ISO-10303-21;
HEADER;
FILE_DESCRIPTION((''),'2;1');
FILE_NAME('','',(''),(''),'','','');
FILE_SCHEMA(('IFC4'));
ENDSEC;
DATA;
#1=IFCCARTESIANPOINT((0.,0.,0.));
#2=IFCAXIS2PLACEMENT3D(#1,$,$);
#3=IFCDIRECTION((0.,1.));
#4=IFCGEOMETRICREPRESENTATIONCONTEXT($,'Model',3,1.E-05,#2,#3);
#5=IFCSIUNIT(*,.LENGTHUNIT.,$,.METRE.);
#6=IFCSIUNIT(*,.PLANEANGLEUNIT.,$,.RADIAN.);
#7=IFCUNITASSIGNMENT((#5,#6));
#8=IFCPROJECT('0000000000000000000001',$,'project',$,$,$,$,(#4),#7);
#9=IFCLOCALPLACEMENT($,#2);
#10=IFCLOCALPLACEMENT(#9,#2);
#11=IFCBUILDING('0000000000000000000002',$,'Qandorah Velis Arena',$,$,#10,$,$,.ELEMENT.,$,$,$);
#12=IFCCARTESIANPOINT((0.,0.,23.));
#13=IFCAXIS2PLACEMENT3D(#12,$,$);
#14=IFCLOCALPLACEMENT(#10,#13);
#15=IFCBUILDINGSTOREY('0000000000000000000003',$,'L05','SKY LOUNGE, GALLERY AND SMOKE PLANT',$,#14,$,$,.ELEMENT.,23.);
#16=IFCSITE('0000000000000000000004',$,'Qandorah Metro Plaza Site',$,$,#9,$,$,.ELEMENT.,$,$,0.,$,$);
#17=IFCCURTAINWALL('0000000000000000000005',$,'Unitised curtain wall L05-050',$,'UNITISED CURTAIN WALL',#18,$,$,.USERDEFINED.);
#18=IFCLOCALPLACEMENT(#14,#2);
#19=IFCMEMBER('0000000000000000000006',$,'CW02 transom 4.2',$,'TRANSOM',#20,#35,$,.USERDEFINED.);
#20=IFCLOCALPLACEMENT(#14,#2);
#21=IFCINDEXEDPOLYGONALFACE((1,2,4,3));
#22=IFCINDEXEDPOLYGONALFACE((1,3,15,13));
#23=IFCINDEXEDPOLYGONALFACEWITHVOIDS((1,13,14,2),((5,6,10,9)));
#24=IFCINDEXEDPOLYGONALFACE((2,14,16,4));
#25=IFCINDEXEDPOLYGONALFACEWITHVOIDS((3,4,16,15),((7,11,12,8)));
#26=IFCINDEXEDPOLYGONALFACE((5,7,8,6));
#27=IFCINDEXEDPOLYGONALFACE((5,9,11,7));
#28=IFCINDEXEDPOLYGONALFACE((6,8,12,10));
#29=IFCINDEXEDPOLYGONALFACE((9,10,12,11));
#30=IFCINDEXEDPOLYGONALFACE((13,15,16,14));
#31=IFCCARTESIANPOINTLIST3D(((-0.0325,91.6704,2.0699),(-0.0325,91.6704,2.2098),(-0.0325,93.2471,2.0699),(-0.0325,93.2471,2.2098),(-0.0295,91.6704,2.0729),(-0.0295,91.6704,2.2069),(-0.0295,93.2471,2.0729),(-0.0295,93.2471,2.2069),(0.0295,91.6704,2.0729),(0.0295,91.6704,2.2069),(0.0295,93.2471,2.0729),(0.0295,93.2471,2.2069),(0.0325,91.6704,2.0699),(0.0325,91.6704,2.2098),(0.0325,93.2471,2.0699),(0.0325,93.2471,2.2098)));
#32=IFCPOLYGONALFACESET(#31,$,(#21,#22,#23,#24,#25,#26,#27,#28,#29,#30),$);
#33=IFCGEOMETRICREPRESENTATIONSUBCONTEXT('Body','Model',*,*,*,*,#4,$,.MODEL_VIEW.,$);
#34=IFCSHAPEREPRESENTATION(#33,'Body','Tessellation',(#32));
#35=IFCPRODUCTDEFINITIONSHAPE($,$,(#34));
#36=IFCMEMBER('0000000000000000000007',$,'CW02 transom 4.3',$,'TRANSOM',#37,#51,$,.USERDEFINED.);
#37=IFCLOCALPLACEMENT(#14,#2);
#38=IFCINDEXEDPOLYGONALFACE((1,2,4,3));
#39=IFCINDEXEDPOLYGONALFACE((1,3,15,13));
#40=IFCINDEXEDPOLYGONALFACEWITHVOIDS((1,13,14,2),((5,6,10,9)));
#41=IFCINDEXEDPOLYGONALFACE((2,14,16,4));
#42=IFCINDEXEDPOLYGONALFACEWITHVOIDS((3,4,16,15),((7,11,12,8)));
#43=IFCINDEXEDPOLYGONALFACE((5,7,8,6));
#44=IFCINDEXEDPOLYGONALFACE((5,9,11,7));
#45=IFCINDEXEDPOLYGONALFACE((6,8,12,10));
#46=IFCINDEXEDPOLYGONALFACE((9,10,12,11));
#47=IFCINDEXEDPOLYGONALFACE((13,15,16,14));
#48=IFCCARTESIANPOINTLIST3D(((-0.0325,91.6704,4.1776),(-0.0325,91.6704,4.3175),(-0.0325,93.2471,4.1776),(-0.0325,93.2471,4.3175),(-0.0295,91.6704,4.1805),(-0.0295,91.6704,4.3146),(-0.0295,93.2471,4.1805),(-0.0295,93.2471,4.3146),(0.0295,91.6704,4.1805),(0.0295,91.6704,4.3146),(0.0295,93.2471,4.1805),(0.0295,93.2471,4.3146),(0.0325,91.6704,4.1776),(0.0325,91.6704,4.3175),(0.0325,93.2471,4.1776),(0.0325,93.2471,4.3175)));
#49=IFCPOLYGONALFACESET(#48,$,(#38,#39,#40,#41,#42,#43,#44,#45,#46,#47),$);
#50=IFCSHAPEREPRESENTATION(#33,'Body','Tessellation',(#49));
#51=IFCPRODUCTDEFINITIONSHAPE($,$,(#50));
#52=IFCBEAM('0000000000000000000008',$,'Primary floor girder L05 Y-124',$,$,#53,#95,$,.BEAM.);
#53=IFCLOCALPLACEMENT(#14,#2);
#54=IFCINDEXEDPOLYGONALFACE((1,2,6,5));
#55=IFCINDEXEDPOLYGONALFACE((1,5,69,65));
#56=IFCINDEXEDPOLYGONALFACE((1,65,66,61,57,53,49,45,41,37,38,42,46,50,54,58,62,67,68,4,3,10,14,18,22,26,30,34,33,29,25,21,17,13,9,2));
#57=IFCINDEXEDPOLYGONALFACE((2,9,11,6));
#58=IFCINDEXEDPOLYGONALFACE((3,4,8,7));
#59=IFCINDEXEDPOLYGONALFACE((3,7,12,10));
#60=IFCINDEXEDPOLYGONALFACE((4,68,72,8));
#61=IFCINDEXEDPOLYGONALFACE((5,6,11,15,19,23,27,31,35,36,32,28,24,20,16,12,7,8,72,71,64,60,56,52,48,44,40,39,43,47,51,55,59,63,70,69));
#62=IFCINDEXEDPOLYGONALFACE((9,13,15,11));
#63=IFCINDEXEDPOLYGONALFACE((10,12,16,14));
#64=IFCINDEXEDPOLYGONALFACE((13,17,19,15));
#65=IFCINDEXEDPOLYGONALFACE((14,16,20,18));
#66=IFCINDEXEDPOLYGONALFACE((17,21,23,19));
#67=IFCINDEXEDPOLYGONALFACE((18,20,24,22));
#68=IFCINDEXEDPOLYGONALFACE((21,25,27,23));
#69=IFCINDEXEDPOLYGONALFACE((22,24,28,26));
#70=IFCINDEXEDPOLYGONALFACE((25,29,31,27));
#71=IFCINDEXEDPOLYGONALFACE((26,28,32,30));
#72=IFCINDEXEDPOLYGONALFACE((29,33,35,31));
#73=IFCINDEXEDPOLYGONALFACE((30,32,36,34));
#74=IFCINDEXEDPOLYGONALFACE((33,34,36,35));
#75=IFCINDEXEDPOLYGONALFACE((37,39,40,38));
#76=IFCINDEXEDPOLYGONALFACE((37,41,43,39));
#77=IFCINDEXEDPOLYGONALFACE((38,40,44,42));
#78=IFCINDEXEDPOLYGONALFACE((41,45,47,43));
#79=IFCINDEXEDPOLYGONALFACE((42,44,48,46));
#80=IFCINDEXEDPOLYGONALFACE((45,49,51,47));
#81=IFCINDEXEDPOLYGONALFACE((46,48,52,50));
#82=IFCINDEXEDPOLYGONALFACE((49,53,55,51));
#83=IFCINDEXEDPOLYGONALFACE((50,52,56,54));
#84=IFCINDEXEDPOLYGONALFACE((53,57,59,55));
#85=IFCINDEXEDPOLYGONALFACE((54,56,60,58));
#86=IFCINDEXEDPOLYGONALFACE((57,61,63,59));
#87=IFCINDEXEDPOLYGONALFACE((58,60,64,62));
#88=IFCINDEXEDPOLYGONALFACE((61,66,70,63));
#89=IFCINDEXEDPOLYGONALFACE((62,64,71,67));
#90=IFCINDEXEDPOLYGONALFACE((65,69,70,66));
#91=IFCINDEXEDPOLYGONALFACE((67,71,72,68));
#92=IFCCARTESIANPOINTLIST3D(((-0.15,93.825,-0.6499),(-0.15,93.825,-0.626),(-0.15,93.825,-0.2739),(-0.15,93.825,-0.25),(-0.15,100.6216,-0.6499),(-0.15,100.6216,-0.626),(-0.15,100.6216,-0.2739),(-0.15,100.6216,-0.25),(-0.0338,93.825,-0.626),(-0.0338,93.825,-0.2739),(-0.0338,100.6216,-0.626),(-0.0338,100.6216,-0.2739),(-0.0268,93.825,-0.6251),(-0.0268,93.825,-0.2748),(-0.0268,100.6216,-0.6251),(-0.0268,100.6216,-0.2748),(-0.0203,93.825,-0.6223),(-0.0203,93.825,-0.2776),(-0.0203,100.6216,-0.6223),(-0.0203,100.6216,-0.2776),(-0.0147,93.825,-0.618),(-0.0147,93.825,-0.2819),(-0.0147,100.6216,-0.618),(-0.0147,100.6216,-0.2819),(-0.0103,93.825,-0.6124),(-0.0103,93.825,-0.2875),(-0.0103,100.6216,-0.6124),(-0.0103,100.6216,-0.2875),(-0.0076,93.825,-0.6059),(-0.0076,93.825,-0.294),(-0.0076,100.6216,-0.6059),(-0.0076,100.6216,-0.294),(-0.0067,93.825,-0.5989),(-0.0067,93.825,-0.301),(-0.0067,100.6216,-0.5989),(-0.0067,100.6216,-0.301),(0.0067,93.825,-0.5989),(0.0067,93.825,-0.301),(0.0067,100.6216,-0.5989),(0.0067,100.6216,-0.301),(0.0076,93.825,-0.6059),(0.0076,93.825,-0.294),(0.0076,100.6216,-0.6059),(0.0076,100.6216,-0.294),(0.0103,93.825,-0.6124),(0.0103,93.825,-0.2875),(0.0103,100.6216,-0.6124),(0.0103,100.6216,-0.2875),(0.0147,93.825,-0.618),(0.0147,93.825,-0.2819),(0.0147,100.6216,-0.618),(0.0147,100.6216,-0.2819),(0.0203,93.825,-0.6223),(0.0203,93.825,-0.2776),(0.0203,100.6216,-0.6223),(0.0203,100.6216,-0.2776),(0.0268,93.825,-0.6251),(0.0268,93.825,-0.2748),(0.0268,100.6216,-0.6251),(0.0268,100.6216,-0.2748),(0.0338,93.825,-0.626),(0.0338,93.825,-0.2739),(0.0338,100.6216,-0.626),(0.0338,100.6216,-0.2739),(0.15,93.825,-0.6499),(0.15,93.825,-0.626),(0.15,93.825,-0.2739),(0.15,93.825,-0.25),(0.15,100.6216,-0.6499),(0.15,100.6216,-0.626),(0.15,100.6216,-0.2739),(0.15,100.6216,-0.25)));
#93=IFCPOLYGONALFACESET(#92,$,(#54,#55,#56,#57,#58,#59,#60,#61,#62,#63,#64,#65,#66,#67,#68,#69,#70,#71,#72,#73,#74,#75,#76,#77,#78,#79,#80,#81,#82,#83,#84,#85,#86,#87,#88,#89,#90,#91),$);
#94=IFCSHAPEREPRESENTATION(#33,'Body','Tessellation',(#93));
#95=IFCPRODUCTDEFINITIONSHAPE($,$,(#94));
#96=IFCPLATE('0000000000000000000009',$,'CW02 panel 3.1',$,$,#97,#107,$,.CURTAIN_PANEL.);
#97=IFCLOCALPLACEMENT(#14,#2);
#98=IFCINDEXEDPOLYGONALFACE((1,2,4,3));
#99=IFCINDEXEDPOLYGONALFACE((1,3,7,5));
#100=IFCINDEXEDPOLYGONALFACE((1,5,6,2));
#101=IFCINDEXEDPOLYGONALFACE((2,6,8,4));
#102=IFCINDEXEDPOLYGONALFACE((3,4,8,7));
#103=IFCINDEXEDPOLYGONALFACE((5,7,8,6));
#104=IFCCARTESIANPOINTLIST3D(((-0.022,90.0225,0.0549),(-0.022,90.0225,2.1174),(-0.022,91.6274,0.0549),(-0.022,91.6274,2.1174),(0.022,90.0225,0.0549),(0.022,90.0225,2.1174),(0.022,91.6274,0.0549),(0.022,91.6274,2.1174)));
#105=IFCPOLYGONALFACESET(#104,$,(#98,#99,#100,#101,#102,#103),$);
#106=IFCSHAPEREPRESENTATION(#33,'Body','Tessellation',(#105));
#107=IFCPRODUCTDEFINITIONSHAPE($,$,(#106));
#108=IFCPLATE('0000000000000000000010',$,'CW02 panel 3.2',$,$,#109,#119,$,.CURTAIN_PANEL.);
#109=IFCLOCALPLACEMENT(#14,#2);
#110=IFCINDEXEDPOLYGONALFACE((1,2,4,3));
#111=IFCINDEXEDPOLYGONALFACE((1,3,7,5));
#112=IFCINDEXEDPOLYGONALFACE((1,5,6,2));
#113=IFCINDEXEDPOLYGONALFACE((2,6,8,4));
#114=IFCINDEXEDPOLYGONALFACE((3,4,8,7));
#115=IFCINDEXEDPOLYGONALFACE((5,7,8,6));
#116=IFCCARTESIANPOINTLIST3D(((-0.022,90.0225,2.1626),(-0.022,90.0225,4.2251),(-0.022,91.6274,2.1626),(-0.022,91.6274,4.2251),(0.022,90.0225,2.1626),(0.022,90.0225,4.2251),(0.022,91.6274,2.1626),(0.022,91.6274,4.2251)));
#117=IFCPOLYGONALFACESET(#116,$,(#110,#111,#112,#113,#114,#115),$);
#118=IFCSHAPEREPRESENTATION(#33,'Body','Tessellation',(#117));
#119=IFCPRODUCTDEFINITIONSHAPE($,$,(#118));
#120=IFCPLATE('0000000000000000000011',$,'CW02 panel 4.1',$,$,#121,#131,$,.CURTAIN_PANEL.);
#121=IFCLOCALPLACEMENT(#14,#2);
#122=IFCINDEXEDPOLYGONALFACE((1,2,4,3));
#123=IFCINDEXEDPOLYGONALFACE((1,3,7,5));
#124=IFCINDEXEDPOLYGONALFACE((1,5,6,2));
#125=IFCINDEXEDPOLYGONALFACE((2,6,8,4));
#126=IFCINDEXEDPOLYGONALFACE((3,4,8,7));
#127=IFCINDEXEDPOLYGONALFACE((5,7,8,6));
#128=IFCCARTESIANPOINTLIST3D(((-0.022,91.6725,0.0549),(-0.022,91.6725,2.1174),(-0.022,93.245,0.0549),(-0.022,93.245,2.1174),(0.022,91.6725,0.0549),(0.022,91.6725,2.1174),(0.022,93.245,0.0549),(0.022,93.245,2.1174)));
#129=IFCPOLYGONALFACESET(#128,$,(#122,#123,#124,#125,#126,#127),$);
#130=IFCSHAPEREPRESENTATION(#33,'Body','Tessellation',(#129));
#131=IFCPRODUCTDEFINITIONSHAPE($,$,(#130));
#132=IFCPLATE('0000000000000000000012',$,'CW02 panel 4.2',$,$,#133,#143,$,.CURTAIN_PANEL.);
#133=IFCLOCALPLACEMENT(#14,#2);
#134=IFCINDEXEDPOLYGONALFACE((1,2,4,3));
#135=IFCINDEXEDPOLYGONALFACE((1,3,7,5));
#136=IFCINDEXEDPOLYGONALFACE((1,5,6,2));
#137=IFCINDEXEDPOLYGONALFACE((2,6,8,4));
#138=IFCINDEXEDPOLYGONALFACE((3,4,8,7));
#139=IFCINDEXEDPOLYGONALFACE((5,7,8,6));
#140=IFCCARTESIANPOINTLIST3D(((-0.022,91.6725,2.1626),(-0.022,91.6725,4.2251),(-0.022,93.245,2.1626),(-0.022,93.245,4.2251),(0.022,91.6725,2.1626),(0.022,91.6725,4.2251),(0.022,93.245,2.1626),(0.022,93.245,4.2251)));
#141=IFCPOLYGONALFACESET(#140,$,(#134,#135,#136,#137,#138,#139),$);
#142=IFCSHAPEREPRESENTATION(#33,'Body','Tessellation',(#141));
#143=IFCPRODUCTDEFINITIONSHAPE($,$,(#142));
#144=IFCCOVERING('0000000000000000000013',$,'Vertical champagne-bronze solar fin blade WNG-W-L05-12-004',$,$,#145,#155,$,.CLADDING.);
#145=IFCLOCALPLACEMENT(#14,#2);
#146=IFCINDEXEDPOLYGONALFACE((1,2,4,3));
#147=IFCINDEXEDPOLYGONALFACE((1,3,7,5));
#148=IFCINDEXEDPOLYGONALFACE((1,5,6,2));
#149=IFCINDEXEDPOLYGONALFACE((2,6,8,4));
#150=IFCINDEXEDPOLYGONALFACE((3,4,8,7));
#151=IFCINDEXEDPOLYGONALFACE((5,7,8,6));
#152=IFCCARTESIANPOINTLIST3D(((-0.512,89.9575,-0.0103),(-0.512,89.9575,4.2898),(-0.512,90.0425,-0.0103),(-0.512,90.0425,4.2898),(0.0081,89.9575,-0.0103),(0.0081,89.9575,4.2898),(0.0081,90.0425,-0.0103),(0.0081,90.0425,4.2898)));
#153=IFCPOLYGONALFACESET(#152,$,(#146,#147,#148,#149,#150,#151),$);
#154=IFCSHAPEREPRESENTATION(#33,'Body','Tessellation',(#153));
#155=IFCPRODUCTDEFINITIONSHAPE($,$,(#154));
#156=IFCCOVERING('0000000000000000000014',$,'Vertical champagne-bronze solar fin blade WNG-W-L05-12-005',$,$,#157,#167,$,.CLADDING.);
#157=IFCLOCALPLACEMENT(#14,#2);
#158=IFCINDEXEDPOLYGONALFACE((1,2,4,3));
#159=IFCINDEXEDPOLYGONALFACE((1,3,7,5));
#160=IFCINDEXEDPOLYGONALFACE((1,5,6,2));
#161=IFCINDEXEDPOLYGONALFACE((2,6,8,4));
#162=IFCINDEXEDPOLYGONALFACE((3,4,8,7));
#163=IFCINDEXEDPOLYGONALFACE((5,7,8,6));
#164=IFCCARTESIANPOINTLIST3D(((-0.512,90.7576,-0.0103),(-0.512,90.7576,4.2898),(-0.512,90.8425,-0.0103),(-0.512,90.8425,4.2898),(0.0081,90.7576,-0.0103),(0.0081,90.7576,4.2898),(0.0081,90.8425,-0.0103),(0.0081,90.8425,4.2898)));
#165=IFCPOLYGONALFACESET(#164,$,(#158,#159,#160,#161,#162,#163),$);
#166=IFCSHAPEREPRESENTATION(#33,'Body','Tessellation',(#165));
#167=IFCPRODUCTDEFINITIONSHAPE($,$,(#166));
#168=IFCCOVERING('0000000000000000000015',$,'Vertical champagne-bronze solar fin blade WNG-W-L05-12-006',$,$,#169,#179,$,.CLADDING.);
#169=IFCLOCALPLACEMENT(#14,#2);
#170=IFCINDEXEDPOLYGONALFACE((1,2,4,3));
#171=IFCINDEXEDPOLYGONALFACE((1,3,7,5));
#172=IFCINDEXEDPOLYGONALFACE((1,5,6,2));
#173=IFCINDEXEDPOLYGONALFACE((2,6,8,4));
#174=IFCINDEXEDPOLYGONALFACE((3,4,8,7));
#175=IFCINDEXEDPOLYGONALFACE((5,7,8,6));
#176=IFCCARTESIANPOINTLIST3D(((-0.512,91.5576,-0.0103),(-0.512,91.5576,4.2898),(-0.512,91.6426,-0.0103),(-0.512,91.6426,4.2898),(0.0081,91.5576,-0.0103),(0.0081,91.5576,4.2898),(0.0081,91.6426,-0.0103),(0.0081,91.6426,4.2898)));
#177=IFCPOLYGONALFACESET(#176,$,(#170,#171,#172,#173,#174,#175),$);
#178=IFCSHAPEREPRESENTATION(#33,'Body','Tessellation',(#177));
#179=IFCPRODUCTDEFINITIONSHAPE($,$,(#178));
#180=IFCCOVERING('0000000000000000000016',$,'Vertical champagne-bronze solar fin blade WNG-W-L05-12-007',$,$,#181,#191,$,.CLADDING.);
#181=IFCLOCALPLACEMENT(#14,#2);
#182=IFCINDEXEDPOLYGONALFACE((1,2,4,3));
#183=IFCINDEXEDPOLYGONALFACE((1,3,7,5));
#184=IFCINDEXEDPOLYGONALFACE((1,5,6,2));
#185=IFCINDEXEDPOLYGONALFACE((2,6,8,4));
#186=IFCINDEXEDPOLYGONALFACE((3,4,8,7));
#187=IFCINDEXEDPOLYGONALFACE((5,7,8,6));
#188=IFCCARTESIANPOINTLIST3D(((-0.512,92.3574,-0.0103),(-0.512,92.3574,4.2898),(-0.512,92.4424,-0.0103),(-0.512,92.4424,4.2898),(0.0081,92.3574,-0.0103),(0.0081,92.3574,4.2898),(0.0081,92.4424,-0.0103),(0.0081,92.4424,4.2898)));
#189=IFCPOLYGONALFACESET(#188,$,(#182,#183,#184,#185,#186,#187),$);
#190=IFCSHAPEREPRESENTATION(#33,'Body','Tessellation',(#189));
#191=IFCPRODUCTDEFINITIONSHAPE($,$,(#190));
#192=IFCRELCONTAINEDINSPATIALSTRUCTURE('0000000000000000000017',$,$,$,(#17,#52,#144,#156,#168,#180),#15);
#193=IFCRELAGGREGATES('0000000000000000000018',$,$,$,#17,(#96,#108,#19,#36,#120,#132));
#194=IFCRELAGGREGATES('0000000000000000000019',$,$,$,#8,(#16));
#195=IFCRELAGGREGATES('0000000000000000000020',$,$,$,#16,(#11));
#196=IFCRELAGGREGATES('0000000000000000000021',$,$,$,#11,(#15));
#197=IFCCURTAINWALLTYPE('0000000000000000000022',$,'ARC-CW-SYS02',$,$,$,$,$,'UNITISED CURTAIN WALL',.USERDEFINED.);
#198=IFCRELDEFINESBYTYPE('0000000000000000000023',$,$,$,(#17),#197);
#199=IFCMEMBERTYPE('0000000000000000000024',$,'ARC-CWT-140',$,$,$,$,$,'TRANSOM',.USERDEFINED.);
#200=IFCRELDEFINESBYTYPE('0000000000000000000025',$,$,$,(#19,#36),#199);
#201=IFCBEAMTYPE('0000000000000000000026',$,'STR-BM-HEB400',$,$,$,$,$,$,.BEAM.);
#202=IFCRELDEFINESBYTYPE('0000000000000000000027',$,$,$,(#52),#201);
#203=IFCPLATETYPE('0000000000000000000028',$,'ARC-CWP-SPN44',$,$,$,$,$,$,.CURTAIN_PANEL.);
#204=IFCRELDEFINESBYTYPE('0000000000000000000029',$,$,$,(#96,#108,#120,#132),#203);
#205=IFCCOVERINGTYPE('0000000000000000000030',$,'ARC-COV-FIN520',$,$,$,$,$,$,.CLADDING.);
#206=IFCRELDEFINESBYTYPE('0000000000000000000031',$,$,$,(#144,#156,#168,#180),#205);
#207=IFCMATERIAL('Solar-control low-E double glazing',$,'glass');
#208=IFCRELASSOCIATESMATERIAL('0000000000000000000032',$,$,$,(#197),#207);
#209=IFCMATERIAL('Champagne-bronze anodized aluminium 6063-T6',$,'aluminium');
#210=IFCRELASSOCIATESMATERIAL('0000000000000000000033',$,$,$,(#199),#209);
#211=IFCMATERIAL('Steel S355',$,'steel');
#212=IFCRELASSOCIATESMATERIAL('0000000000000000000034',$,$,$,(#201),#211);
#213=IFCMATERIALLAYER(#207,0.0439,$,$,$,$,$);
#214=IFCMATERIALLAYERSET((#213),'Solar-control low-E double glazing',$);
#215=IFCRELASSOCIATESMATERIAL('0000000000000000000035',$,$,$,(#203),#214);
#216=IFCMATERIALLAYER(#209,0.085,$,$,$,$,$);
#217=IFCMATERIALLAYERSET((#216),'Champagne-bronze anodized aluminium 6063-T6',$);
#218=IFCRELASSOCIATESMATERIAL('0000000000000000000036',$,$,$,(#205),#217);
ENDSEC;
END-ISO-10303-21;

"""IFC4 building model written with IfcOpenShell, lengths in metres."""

from ifc_helpers import new_model, si_unit, direction, frame, origin, origin_2d, place, context, subcontext, project, spatial, rectangle, hollow_rectangle, i_section, extrude, material, layer, layer_set, material_profile, profile_set, type_object, element, aggregate, save


model = new_model("IFC4")

# Units and contexts
model_context = context("Model", 3, precision=1e-05, world=origin(), true_north=direction((0.0, 1.0)))
body_context = subcontext(model_context, "Body", "Model", "MODEL_VIEW")
ifc_project = project(units=[si_unit("LENGTHUNIT", "METRE"), si_unit("PLANEANGLEUNIT", "RADIAN")], contexts=[model_context])

# Site, building, storey
site_placement = place(None, origin())
site = spatial("IfcSite", under=ifc_project, at=site_placement, Name="Qandorah Metro Plaza Site", CompositionType="ELEMENT", RefElevation=0.0)
building_placement = place(site_placement, origin())
building = spatial("IfcBuilding", under=site, at=building_placement, Name="Qandorah Velis Arena", CompositionType="ELEMENT")
storey_placement = place(building_placement, frame((0.0, 0.0, 23.0)))
storey = spatial("IfcBuildingStorey", under=building, at=storey_placement, Name="L05", Description="SKY LOUNGE, GALLERY AND SMOKE PLANT", CompositionType="ELEMENT", Elevation=23.0)

# Shared definitions
ifc_material_1 = material(Name="Solar-control low-E double glazing", Category="glass")
ifc_material_2 = material(Name="Champagne-bronze anodized aluminium 6063-T6", Category="aluminium")

# Curtain wall
curtain_wall_type_1 = type_object("IfcCurtainWallType", Name="ARC-CW-SYS02", ElementType="UNITISED CURTAIN WALL", PredefinedType="USERDEFINED", material=ifc_material_1)
curtain_wall_1_placement = place(storey_placement, origin())
curtain_wall_1 = element("IfcCurtainWall", 1, at=curtain_wall_1_placement, inside=storey, type_object=curtain_wall_type_1, Name="Unitised curtain wall L05-050", ObjectType="UNITISED CURTAIN WALL", PredefinedType="USERDEFINED")

# Members
ifc_material_profile_1 = material_profile(ifc_material_2, hollow_rectangle(XDim=0.0649, YDim=0.1399, WallThickness=0.0029, at=origin_2d()), Name="ALU TRANSOM 65x140")
ifc_profile_set_1 = profile_set([ifc_material_profile_1], Name="Champagne-bronze anodized aluminium 6063-T6")
member_type_1 = type_object("IfcMemberType", Name="ARC-CWT-140", ElementType="TRANSOM", PredefinedType="USERDEFINED", material=ifc_profile_set_1)
member_1_placement = place(storey_placement, frame((0.0, 91.6704, 2.1399), z_axis=(0.0, 1.0, 0.0), x_axis=(-1.0, 0.0, 0.0)))
member_1 = element("IfcMember", 2, at=member_1_placement, type_object=member_type_1, Name="CW02 transom 4.2", ObjectType="TRANSOM", PredefinedType="USERDEFINED", context=body_context, shape_type="SweptSolid", body=[
    extrude(hollow_rectangle(XDim=0.0649, YDim=0.1399, WallThickness=0.0029, at=origin_2d()), origin(), (0.0, 0.0, 1.0), 1.5767),
])
member_2_placement = place(storey_placement, frame((0.0, 91.6704, 4.2476), z_axis=(0.0, 1.0, 0.0), x_axis=(-1.0, 0.0, 0.0)))
member_2 = element("IfcMember", 3, at=member_2_placement, type_object=member_type_1, Name="CW02 transom 4.3", ObjectType="TRANSOM", PredefinedType="USERDEFINED", context=body_context, shape_type="SweptSolid", body=[
    extrude(hollow_rectangle(XDim=0.0649, YDim=0.1399, WallThickness=0.0029, at=origin_2d()), origin(), (0.0, 0.0, 1.0), 1.5767),
])

# Beam
ifc_material_3 = material(Name="Steel S355", Category="steel")
ifc_material_profile_2 = material_profile(ifc_material_3, i_section(OverallWidth=0.3, OverallDepth=0.3999, WebThickness=0.0134, FlangeThickness=0.0239, FilletRadius=0.0271, at=origin_2d()), Name="HEB 400")
ifc_profile_set_2 = profile_set([ifc_material_profile_2], Name="Steel S355")
beam_type = type_object("IfcBeamType", Name="STR-BM-HEB400", PredefinedType="BEAM", material=ifc_profile_set_2)
beam_placement = place(storey_placement, frame((0.0, 93.825, -0.45), z_axis=(0.0, 1.0, 0.0), x_axis=(-1.0, 0.0, 0.0)))
element("IfcBeam", 4, at=beam_placement, inside=storey, type_object=beam_type, Name="Primary floor girder L05 Y-124", PredefinedType="BEAM", context=body_context, shape_type="SweptSolid", body=[
    extrude(i_section(OverallWidth=0.3, OverallDepth=0.3999, WebThickness=0.0134, FlangeThickness=0.0239, FilletRadius=0.0271, at=origin_2d()), origin(), (0.0, 0.0, 1.0), 6.7966),
])

# Plates
ifc_layer_1 = layer(ifc_material_1, 0.0439)
ifc_layer_set_1 = layer_set([ifc_layer_1], Name="Solar-control low-E double glazing")
plate_type = type_object("IfcPlateType", Name="ARC-CWP-SPN44", PredefinedType="CURTAIN_PANEL", material=ifc_layer_set_1)
plate_1_placement = place(storey_placement, frame((0.0, 90.825, 0.0549), z_axis=(0.0, 0.0, 1.0), x_axis=(0.0, 1.0, 0.0)))
plate_1 = element("IfcPlate", 5, at=plate_1_placement, type_object=plate_type, Name="CW02 panel 3.1", PredefinedType="CURTAIN_PANEL", context=body_context, shape_type="SweptSolid", body=[
    extrude(rectangle(XDim=1.605, YDim=0.0439, at=origin_2d()), origin(), (0.0, 0.0, 1.0), 2.0625),
])
plate_2_placement = place(storey_placement, frame((0.0, 90.825, 2.1626), z_axis=(0.0, 0.0, 1.0), x_axis=(0.0, 1.0, 0.0)))
plate_2 = element("IfcPlate", 6, at=plate_2_placement, type_object=plate_type, Name="CW02 panel 3.2", PredefinedType="CURTAIN_PANEL", context=body_context, shape_type="SweptSolid", body=[
    extrude(rectangle(XDim=1.605, YDim=0.0439, at=origin_2d()), origin(), (0.0, 0.0, 1.0), 2.0625),
])
plate_3_placement = place(storey_placement, frame((0.0, 92.4587, 0.0549), z_axis=(0.0, 0.0, 1.0), x_axis=(0.0, 1.0, 0.0)))
plate_3 = element("IfcPlate", 7, at=plate_3_placement, type_object=plate_type, Name="CW02 panel 4.1", PredefinedType="CURTAIN_PANEL", context=body_context, shape_type="SweptSolid", body=[
    extrude(rectangle(XDim=1.5725, YDim=0.0439, at=origin_2d()), origin(), (0.0, 0.0, 1.0), 2.0625),
])
plate_4_placement = place(storey_placement, frame((0.0, 92.4587, 2.1626), z_axis=(0.0, 0.0, 1.0), x_axis=(0.0, 1.0, 0.0)))
plate_4 = element("IfcPlate", 8, at=plate_4_placement, type_object=plate_type, Name="CW02 panel 4.2", PredefinedType="CURTAIN_PANEL", context=body_context, shape_type="SweptSolid", body=[
    extrude(rectangle(XDim=1.5725, YDim=0.0439, at=origin_2d()), origin(), (0.0, 0.0, 1.0), 2.0625),
])
aggregate(curtain_wall_1, [plate_1, plate_2, member_1, member_2, plate_3, plate_4])

# Coverings
ifc_layer_2 = layer(ifc_material_2, 0.085)
ifc_layer_set_2 = layer_set([ifc_layer_2], Name="Champagne-bronze anodized aluminium 6063-T6")
covering_type = type_object("IfcCoveringType", Name="ARC-COV-FIN520", PredefinedType="CLADDING", material=ifc_layer_set_2)
for number, where, z_axis, x_axis, name in (
    (9, (-0.252, 90.0, -0.0103), (0.0, 0.0, 1.0), (1.0, 0.0, 0.0), "Vertical champagne-bronze solar fin blade WNG-W-L05-12-004"),
    (10, (-0.252, 90.8, -0.0103), (0.0, 0.0, 1.0), (1.0, 0.0, 0.0), "Vertical champagne-bronze solar fin blade WNG-W-L05-12-005"),
    (11, (-0.252, 91.6001, -0.0103), (0.0, 0.0, 1.0), (1.0, 0.0, 0.0), "Vertical champagne-bronze solar fin blade WNG-W-L05-12-006"),
    (12, (-0.252, 92.3999, -0.0103), (0.0, 0.0, 1.0), (1.0, 0.0, 0.0), "Vertical champagne-bronze solar fin blade WNG-W-L05-12-007"),
):
    element("IfcCovering", number, at=place(storey_placement, frame(where, z_axis=z_axis, x_axis=x_axis)), inside=storey, type_object=covering_type, Name=name, PredefinedType="CLADDING", context=body_context, shape_type="SweptSolid", body=[
        extrude(rectangle(XDim=0.52, YDim=0.085, at=origin_2d()), origin(), (0.0, 0.0, 1.0), 4.3),
    ])

save(model, "model.ifc")
